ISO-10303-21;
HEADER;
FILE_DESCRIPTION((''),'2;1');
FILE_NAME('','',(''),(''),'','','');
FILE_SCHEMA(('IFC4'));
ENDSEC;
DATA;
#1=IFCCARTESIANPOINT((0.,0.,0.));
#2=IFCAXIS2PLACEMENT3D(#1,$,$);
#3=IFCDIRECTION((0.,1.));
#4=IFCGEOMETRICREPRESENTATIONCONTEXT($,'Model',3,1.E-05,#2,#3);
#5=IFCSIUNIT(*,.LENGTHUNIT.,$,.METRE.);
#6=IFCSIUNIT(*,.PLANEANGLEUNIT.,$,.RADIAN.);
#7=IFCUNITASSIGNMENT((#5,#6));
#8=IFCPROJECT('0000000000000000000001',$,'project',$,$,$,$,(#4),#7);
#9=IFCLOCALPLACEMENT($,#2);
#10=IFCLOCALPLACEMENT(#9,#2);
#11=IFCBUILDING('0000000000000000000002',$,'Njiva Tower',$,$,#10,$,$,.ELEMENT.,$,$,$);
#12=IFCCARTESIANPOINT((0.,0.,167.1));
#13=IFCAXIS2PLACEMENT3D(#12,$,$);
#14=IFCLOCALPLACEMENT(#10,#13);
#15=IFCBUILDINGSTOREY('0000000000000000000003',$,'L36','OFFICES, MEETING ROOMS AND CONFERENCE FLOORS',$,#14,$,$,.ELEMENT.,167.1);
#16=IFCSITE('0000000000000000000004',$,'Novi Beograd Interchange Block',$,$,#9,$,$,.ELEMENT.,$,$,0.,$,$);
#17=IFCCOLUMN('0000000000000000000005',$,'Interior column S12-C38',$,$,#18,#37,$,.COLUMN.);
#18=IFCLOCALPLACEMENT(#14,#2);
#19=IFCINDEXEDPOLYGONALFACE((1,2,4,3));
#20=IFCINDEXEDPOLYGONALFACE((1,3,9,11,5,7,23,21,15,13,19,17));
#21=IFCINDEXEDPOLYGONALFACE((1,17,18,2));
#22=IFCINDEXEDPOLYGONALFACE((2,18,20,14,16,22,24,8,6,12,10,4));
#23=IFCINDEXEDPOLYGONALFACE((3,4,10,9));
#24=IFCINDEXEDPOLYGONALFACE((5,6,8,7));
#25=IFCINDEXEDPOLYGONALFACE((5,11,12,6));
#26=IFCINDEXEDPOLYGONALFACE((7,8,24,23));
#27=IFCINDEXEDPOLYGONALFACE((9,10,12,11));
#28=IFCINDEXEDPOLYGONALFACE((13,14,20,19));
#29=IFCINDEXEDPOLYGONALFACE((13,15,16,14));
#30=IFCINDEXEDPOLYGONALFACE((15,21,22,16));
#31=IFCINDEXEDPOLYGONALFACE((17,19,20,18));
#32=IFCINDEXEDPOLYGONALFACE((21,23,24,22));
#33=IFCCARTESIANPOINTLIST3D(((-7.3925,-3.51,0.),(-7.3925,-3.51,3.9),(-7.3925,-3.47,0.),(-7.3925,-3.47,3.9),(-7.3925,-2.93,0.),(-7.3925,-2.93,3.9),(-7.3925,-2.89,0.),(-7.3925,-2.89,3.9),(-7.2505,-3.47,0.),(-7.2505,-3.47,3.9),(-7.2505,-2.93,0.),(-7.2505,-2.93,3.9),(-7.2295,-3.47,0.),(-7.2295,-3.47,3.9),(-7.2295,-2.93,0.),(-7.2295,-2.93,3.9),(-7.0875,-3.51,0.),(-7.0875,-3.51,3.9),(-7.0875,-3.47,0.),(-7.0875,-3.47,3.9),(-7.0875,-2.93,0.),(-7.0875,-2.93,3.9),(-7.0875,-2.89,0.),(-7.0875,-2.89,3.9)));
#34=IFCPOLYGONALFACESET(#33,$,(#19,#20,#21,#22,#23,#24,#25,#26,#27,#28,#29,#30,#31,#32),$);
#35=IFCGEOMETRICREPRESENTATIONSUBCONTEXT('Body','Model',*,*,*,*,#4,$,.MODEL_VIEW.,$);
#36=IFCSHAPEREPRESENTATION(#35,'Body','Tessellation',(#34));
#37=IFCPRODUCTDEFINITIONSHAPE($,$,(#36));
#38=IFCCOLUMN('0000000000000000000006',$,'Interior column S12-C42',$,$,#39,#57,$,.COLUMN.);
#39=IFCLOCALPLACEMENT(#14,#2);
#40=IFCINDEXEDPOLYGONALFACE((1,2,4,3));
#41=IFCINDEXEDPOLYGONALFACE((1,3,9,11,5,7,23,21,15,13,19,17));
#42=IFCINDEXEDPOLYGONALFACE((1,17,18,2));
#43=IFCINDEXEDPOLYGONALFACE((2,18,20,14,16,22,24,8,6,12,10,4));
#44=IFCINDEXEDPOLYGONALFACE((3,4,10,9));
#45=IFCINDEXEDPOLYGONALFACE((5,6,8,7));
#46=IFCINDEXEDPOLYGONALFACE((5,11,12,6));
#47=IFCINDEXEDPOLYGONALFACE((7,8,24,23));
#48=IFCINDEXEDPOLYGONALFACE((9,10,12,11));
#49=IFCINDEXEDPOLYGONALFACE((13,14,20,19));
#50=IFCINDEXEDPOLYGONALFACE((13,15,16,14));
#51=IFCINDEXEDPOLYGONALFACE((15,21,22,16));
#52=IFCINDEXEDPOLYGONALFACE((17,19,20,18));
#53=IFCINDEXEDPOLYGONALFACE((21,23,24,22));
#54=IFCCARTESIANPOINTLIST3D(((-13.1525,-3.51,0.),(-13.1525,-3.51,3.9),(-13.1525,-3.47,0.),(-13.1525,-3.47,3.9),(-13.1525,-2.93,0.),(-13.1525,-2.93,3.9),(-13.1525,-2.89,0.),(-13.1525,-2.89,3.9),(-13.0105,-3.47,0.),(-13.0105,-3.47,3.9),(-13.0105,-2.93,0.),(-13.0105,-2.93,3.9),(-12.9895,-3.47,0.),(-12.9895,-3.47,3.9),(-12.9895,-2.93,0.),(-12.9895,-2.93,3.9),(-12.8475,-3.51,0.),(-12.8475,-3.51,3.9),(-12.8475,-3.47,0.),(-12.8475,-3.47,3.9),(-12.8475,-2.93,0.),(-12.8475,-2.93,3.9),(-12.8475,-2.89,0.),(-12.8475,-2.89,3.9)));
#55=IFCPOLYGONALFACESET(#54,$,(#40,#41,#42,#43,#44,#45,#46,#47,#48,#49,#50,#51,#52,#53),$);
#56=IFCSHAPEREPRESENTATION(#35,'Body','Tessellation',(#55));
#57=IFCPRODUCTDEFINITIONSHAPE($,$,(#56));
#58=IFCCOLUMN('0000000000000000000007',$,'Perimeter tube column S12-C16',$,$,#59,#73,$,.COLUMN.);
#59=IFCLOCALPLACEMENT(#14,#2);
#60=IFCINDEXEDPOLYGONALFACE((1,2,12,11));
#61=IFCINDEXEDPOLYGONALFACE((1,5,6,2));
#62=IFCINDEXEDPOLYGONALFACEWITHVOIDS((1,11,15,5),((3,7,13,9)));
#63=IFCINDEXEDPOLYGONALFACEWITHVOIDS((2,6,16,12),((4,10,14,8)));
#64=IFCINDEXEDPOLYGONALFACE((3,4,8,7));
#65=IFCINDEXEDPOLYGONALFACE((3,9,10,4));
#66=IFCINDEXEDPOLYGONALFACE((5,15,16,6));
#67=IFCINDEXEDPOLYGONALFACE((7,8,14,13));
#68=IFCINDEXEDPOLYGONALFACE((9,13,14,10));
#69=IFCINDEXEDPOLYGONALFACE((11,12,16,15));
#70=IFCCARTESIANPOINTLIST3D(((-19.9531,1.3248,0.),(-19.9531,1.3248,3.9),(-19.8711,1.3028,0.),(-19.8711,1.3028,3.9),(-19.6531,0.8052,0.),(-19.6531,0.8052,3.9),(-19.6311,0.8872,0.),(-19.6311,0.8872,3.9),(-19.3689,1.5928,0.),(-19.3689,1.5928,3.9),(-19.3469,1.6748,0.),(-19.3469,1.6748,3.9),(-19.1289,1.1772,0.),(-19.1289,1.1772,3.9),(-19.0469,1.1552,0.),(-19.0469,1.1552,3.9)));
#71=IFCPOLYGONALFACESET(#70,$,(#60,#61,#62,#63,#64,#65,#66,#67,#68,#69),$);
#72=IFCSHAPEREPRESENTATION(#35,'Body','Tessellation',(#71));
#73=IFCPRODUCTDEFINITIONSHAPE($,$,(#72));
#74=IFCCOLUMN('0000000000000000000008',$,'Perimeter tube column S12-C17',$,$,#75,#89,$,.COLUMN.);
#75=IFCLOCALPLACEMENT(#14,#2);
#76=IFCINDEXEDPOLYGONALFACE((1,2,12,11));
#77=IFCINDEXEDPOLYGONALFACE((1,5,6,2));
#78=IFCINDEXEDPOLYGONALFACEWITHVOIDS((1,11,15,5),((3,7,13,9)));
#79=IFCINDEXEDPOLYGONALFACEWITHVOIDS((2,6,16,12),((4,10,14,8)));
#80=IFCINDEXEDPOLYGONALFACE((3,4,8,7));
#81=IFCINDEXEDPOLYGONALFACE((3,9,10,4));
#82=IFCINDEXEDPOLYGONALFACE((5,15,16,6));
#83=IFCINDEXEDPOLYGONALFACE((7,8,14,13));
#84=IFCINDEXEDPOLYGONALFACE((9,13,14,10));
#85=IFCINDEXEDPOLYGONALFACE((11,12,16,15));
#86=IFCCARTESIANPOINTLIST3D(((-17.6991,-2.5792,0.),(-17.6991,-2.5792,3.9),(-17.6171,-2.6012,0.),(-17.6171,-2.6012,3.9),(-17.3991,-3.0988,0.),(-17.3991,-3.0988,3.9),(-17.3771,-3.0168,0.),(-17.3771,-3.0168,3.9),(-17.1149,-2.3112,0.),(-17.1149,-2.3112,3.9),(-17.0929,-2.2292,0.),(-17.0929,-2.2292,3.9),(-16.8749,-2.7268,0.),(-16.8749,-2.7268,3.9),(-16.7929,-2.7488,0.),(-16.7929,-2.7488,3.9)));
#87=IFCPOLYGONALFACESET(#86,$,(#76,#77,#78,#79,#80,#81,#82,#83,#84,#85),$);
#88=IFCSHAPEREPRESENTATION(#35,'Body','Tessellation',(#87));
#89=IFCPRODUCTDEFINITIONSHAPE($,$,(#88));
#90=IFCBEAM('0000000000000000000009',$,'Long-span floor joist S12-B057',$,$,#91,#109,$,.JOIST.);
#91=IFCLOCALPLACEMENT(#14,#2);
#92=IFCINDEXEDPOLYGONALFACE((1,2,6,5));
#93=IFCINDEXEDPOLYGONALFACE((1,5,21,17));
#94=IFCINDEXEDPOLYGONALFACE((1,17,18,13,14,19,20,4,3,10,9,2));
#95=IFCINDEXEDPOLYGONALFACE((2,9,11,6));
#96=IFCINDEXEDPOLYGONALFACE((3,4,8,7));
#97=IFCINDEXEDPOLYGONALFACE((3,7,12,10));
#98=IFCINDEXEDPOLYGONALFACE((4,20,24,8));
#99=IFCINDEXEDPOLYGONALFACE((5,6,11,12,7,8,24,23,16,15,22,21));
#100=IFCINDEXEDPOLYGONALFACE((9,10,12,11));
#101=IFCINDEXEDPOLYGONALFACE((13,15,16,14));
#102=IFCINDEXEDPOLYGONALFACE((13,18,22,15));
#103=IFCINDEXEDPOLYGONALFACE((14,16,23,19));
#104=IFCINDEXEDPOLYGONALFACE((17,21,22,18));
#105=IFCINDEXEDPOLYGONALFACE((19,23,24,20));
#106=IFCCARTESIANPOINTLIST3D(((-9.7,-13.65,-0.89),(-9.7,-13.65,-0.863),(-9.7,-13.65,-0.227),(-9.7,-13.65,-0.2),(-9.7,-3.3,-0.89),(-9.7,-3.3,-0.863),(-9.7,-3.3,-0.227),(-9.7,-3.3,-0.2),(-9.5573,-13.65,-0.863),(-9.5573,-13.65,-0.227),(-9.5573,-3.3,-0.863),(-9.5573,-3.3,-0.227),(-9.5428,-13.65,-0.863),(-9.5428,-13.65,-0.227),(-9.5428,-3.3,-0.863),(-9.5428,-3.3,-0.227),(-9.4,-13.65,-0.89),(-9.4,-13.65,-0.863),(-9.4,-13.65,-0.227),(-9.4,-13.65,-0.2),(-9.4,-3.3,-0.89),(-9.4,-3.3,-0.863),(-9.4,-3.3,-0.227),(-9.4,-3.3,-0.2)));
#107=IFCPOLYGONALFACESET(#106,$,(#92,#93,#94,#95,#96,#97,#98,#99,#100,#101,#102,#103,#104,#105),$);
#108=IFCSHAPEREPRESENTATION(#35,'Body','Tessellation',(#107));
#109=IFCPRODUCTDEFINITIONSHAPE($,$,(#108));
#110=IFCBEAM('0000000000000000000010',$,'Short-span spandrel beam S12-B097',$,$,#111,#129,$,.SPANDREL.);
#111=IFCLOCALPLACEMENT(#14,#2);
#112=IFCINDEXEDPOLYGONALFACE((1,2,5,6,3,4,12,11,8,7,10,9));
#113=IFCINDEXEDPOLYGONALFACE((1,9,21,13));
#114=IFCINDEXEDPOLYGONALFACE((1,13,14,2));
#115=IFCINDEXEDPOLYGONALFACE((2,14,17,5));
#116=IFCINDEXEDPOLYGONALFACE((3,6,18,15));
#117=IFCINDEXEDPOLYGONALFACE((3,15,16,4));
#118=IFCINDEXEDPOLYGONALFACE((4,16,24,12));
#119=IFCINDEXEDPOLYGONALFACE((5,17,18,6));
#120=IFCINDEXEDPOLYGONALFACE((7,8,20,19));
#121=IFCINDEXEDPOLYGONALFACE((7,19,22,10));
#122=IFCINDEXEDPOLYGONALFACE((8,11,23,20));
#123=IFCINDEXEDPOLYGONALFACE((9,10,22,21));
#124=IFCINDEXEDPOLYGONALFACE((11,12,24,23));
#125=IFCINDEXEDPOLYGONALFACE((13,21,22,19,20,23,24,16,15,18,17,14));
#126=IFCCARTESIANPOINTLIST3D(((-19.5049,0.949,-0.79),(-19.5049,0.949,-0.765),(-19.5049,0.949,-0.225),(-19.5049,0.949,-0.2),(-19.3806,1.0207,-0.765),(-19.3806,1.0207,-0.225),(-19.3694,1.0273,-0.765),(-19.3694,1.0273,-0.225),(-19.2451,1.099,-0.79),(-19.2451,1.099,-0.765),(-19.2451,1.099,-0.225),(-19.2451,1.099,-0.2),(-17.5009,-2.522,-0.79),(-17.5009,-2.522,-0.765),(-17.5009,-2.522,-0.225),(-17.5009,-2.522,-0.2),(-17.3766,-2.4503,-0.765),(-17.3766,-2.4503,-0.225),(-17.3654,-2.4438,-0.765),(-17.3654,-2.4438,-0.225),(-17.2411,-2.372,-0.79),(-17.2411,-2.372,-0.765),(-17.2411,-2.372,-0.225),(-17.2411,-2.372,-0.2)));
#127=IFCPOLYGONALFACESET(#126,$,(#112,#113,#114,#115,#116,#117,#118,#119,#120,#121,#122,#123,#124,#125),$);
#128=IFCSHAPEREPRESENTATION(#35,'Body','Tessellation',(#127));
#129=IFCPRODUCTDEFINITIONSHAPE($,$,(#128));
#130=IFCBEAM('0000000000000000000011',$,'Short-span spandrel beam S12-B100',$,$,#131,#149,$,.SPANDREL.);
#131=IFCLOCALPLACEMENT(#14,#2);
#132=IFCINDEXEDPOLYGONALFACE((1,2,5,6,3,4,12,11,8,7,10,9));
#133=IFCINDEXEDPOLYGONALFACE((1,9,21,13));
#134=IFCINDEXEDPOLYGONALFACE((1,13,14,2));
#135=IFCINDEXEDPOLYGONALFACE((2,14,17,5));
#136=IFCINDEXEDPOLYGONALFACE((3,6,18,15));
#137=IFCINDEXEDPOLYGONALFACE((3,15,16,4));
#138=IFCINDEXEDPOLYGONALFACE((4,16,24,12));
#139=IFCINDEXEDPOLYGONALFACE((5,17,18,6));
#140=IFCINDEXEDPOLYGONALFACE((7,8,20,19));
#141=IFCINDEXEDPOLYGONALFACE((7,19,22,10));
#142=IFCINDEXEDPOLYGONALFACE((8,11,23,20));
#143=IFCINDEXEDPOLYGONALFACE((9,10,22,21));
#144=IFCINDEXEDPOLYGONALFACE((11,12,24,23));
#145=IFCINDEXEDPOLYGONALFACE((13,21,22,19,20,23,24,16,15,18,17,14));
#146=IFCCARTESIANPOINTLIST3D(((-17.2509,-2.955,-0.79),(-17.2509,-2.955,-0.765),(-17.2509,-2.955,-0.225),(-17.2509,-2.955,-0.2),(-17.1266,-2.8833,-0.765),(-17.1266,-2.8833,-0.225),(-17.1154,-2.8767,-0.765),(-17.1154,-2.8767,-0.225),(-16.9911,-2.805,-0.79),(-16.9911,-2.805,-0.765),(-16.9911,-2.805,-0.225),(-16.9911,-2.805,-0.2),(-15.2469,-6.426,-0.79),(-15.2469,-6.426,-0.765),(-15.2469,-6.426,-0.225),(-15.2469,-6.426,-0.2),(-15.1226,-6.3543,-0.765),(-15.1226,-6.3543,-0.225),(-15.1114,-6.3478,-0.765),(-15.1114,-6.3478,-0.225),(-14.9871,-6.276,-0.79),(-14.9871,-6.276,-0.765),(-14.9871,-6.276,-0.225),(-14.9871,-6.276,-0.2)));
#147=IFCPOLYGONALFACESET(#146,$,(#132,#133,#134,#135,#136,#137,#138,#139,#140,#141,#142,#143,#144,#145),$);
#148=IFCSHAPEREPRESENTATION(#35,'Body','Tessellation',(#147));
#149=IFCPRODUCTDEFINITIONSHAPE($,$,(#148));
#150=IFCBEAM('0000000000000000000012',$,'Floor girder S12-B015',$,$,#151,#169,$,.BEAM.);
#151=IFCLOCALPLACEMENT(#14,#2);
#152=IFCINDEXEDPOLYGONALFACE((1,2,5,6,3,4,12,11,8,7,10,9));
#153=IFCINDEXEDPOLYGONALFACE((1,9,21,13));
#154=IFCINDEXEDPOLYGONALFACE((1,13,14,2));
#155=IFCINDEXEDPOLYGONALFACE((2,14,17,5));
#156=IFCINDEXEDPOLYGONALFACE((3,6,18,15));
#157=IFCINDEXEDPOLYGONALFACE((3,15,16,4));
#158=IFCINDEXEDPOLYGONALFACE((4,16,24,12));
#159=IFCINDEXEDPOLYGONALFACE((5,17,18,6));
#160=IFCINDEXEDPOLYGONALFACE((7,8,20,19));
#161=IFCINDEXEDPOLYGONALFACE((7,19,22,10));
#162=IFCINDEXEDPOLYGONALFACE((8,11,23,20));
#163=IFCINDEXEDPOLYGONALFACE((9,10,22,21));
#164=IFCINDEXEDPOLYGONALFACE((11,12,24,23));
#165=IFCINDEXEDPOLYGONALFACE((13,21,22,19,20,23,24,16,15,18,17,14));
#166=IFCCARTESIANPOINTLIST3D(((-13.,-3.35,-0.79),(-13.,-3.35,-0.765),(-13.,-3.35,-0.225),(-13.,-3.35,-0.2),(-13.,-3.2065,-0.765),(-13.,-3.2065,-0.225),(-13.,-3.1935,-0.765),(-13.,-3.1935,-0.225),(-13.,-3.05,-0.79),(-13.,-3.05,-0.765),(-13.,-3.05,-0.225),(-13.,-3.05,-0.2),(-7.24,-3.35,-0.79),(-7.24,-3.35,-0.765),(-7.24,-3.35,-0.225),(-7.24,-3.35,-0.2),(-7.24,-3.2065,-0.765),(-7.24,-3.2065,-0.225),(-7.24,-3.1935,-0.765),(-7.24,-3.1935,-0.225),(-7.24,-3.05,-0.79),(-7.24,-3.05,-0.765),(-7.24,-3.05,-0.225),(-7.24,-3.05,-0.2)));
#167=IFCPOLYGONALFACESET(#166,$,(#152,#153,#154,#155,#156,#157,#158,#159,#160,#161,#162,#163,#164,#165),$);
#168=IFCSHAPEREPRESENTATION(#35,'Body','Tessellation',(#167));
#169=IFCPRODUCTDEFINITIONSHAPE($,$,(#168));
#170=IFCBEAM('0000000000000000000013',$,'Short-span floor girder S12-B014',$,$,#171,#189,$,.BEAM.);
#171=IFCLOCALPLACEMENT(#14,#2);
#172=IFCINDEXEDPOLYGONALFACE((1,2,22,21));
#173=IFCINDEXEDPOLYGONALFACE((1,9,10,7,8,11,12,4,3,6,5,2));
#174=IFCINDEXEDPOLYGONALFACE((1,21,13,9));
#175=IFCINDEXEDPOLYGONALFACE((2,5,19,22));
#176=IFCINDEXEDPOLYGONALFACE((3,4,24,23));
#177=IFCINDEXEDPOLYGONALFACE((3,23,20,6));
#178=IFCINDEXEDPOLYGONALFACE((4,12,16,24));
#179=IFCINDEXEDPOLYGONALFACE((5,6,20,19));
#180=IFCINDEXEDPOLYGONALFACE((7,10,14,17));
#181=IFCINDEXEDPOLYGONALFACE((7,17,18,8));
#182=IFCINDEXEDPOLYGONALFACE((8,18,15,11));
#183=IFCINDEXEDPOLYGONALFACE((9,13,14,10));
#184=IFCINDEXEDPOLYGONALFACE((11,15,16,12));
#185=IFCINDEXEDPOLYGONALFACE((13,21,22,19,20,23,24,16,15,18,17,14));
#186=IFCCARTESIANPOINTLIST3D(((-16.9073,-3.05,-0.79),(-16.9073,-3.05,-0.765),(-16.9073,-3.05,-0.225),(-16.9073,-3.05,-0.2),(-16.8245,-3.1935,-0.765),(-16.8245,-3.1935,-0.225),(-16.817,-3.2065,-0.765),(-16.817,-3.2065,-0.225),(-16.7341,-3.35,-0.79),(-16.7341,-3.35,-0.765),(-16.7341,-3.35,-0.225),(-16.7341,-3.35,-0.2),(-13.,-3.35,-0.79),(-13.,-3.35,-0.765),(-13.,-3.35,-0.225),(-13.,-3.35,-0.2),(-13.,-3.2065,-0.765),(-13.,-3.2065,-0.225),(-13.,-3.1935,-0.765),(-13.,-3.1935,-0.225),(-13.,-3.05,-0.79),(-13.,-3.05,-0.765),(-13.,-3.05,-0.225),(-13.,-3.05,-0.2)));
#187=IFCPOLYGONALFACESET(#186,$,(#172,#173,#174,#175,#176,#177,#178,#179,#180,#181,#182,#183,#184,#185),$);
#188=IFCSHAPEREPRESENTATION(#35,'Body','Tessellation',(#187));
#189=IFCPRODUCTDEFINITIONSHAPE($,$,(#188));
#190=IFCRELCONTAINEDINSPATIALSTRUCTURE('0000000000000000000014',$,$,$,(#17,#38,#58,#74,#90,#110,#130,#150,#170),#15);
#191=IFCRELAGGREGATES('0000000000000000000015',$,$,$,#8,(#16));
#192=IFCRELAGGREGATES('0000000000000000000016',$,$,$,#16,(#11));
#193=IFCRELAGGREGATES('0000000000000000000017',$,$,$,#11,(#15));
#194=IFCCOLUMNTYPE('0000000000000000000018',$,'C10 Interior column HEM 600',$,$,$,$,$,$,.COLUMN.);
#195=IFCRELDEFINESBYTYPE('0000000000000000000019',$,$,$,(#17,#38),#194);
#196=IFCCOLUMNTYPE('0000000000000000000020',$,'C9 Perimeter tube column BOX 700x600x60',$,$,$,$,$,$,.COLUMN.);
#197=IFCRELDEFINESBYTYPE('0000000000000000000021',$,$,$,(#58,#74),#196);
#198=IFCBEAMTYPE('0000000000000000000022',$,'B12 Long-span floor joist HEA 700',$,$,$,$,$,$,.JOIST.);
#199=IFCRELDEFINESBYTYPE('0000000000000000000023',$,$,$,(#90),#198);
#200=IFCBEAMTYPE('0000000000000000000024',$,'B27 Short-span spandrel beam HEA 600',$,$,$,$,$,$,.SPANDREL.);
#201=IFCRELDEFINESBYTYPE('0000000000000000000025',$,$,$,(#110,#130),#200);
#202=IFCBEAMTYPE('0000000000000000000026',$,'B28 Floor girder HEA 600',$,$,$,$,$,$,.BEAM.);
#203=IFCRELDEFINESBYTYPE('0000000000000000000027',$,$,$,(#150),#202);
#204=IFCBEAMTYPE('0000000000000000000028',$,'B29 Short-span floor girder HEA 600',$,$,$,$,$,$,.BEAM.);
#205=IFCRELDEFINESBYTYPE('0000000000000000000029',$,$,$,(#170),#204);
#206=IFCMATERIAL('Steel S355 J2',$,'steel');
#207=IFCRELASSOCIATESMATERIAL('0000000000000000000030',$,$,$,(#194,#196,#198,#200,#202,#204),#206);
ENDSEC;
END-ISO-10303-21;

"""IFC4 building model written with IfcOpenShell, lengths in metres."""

from ifc_helpers import new_model, si_unit, direction, frame, origin, origin_2d, place, context, subcontext, project, spatial, hollow_rectangle, i_section, extrude, clip, halfspace, material, material_profile, profile_set, type_object, element, save


model = new_model("IFC4")

# Units and contexts
model_context = context("Model", 3, precision=1e-05, world=origin(), true_north=direction((0.0, 1.0)))
body_context = subcontext(model_context, "Body", "Model", "MODEL_VIEW")
ifc_project = project(units=[si_unit("LENGTHUNIT", "METRE"), si_unit("PLANEANGLEUNIT", "RADIAN")], contexts=[model_context])

# Site, building, storey
site_placement = place(None, origin())
site = spatial("IfcSite", under=ifc_project, at=site_placement, Name="Novi Beograd Interchange Block", CompositionType="ELEMENT", RefElevation=0.0)
building_placement = place(site_placement, origin())
building = spatial("IfcBuilding", under=site, at=building_placement, Name="Njiva Tower", CompositionType="ELEMENT")
storey_placement = place(building_placement, frame((0.0, 0.0, 167.1)))
storey = spatial("IfcBuildingStorey", under=building, at=storey_placement, Name="L36", Description="OFFICES, MEETING ROOMS AND CONFERENCE FLOORS", CompositionType="ELEMENT", Elevation=167.1)

# Columns
ifc_material_1 = material(Name="Steel S355 J2", Category="steel")
ifc_material_profile_1 = material_profile(ifc_material_1, i_section(OverallWidth=0.305, OverallDepth=0.62, WebThickness=0.021, FlangeThickness=0.04, at=origin_2d()), Name="HEM 600")
ifc_profile_set_1 = profile_set([ifc_material_profile_1], Name="Steel S355 J2")
column_type_1 = type_object("IfcColumnType", Name="C10 Interior column HEM 600", PredefinedType="COLUMN", material=ifc_profile_set_1)
for number, where, z_axis, x_axis, name in (
    (1, (-7.24, -3.2, 0.0), (0.0, 0.0, 1.0), (1.0, 0.0, 0.0), "Interior column S12-C38"),
    (2, (-13.0, -3.2, 0.0), (0.0, 0.0, 1.0), (1.0, 0.0, 0.0), "Interior column S12-C42"),
):
    element("IfcColumn", number, at=place(storey_placement, frame(where, z_axis=z_axis, x_axis=x_axis)), inside=storey, type_object=column_type_1, Name=name, PredefinedType="COLUMN", context=body_context, shape_type="SweptSolid", body=[
        extrude(i_section(OverallWidth=0.305, OverallDepth=0.62, WebThickness=0.021, FlangeThickness=0.04, at=origin_2d()), origin(), (0.0, 0.0, 1.0), 3.9),
    ])
ifc_material_profile_2 = material_profile(ifc_material_1, hollow_rectangle(XDim=0.6, YDim=0.7, WallThickness=0.06, at=origin_2d()), Name="BOX 700x600x60")
ifc_profile_set_2 = profile_set([ifc_material_profile_2], Name="Steel S355 J2")
column_type_2 = type_object("IfcColumnType", Name="C9 Perimeter tube column BOX 700x600x60", PredefinedType="COLUMN", material=ifc_profile_set_2)
for number, where, z_axis, x_axis, name in (
    (3, (-19.5, 1.24, 0.0), (0.0, 0.0, 1.0), (0.5, -0.866025, 0.0), "Perimeter tube column S12-C16"),
    (4, (-17.246, -2.664, 0.0), (0.0, 0.0, 1.0), (0.5, -0.866025, 0.0), "Perimeter tube column S12-C17"),
):
    element("IfcColumn", number, at=place(storey_placement, frame(where, z_axis=z_axis, x_axis=x_axis)), inside=storey, type_object=column_type_2, Name=name, PredefinedType="COLUMN", context=body_context, shape_type="SweptSolid", body=[
        extrude(hollow_rectangle(XDim=0.6, YDim=0.7, WallThickness=0.06, at=origin_2d()), origin(), (0.0, 0.0, 1.0), 3.9),
    ])

# Beams
ifc_material_profile_3 = material_profile(ifc_material_1, i_section(OverallWidth=0.3, OverallDepth=0.69, WebThickness=0.0145, FlangeThickness=0.027, at=origin_2d()), Name="HEA 700")
ifc_profile_set_3 = profile_set([ifc_material_profile_3], Name="Steel S355 J2")
beam_type_1 = type_object("IfcBeamType", Name="B12 Long-span floor joist HEA 700", PredefinedType="JOIST", material=ifc_profile_set_3)
beam_1_placement = place(storey_placement, frame((-9.55, -3.3, -0.545), z_axis=(0.0, -1.0, 0.0), x_axis=(1.0, 0.0, 0.0)))
element("IfcBeam", 5, at=beam_1_placement, inside=storey, type_object=beam_type_1, Name="Long-span floor joist S12-B057", PredefinedType="JOIST", context=body_context, shape_type="SweptSolid", body=[
    extrude(i_section(OverallWidth=0.3, OverallDepth=0.69, WebThickness=0.0145, FlangeThickness=0.027, at=origin_2d()), origin(), (0.0, 0.0, 1.0), 10.35),
])
ifc_material_profile_4 = material_profile(ifc_material_1, i_section(OverallWidth=0.3, OverallDepth=0.59, WebThickness=0.013, FlangeThickness=0.025, at=origin_2d()), Name="HEA 600")
ifc_profile_set_4 = profile_set([ifc_material_profile_4], Name="Steel S355 J2")
beam_type_2 = type_object("IfcBeamType", Name="B27 Short-span spandrel beam HEA 600", PredefinedType="SPANDREL", material=ifc_profile_set_4)
for number, where, z_axis, x_axis, name in (
    (6, (-19.375, 1.024, -0.495), (0.500003, -0.866024, 0.0), (0.866024, 0.500003, 0.0), "Short-span spandrel beam S12-B097"),
    (7, (-17.121, -2.88, -0.495), (0.500003, -0.866024, 0.0), (0.866024, 0.500003, 0.0), "Short-span spandrel beam S12-B100"),
):
    element("IfcBeam", number, at=place(storey_placement, frame(where, z_axis=z_axis, x_axis=x_axis)), inside=storey, type_object=beam_type_2, Name=name, PredefinedType="SPANDREL", context=body_context, shape_type="SweptSolid", body=[
        extrude(i_section(OverallWidth=0.3, OverallDepth=0.59, WebThickness=0.013, FlangeThickness=0.025, at=origin_2d()), origin(), (0.0, 0.0, 1.0), 4.008),
    ])
ifc_material_profile_5 = material_profile(ifc_material_1, i_section(OverallWidth=0.3, OverallDepth=0.59, WebThickness=0.013, FlangeThickness=0.025, at=origin_2d()), Name="HEA 600")
ifc_profile_set_5 = profile_set([ifc_material_profile_5], Name="Steel S355 J2")
beam_type_3 = type_object("IfcBeamType", Name="B28 Floor girder HEA 600", PredefinedType="BEAM", material=ifc_profile_set_5)
beam_2_placement = place(storey_placement, frame((-13.0, -3.2, -0.495), z_axis=(1.0, 0.0, 0.0), x_axis=(0.0, 1.0, 0.0)))
element("IfcBeam", 8, at=beam_2_placement, inside=storey, type_object=beam_type_3, Name="Floor girder S12-B015", PredefinedType="BEAM", context=body_context, shape_type="SweptSolid", body=[
    extrude(i_section(OverallWidth=0.3, OverallDepth=0.59, WebThickness=0.013, FlangeThickness=0.025, at=origin_2d()), origin(), (0.0, 0.0, 1.0), 5.76),
])
ifc_material_profile_6 = material_profile(ifc_material_1, i_section(OverallWidth=0.3, OverallDepth=0.59, WebThickness=0.013, FlangeThickness=0.025, at=origin_2d()), Name="HEA 600")
ifc_profile_set_6 = profile_set([ifc_material_profile_6], Name="Steel S355 J2")
beam_type_4 = type_object("IfcBeamType", Name="B29 Short-span floor girder HEA 600", PredefinedType="BEAM", material=ifc_profile_set_6)
beam_3_placement = place(storey_placement, frame((-16.928, -3.2, -0.495), z_axis=(1.0, 0.0, 0.0), x_axis=(0.0, 1.0, 0.0)))
element("IfcBeam", 9, at=beam_3_placement, inside=storey, type_object=beam_type_4, Name="Short-span floor girder S12-B014", PredefinedType="BEAM", context=body_context, shape_type="Clipping", body=[
    clip(extrude(i_section(OverallWidth=0.3, OverallDepth=0.59, WebThickness=0.013, FlangeThickness=0.025, at=origin_2d()), origin(), (0.0, 0.0, 1.0), 3.928), halfspace(frame((-0.025, 0.0, 0.1217), z_axis=(-0.499998, 0.0, -0.866027), x_axis=(0.0, -1.0, 0.0)), False)),
])

save(model, "model.ifc")
